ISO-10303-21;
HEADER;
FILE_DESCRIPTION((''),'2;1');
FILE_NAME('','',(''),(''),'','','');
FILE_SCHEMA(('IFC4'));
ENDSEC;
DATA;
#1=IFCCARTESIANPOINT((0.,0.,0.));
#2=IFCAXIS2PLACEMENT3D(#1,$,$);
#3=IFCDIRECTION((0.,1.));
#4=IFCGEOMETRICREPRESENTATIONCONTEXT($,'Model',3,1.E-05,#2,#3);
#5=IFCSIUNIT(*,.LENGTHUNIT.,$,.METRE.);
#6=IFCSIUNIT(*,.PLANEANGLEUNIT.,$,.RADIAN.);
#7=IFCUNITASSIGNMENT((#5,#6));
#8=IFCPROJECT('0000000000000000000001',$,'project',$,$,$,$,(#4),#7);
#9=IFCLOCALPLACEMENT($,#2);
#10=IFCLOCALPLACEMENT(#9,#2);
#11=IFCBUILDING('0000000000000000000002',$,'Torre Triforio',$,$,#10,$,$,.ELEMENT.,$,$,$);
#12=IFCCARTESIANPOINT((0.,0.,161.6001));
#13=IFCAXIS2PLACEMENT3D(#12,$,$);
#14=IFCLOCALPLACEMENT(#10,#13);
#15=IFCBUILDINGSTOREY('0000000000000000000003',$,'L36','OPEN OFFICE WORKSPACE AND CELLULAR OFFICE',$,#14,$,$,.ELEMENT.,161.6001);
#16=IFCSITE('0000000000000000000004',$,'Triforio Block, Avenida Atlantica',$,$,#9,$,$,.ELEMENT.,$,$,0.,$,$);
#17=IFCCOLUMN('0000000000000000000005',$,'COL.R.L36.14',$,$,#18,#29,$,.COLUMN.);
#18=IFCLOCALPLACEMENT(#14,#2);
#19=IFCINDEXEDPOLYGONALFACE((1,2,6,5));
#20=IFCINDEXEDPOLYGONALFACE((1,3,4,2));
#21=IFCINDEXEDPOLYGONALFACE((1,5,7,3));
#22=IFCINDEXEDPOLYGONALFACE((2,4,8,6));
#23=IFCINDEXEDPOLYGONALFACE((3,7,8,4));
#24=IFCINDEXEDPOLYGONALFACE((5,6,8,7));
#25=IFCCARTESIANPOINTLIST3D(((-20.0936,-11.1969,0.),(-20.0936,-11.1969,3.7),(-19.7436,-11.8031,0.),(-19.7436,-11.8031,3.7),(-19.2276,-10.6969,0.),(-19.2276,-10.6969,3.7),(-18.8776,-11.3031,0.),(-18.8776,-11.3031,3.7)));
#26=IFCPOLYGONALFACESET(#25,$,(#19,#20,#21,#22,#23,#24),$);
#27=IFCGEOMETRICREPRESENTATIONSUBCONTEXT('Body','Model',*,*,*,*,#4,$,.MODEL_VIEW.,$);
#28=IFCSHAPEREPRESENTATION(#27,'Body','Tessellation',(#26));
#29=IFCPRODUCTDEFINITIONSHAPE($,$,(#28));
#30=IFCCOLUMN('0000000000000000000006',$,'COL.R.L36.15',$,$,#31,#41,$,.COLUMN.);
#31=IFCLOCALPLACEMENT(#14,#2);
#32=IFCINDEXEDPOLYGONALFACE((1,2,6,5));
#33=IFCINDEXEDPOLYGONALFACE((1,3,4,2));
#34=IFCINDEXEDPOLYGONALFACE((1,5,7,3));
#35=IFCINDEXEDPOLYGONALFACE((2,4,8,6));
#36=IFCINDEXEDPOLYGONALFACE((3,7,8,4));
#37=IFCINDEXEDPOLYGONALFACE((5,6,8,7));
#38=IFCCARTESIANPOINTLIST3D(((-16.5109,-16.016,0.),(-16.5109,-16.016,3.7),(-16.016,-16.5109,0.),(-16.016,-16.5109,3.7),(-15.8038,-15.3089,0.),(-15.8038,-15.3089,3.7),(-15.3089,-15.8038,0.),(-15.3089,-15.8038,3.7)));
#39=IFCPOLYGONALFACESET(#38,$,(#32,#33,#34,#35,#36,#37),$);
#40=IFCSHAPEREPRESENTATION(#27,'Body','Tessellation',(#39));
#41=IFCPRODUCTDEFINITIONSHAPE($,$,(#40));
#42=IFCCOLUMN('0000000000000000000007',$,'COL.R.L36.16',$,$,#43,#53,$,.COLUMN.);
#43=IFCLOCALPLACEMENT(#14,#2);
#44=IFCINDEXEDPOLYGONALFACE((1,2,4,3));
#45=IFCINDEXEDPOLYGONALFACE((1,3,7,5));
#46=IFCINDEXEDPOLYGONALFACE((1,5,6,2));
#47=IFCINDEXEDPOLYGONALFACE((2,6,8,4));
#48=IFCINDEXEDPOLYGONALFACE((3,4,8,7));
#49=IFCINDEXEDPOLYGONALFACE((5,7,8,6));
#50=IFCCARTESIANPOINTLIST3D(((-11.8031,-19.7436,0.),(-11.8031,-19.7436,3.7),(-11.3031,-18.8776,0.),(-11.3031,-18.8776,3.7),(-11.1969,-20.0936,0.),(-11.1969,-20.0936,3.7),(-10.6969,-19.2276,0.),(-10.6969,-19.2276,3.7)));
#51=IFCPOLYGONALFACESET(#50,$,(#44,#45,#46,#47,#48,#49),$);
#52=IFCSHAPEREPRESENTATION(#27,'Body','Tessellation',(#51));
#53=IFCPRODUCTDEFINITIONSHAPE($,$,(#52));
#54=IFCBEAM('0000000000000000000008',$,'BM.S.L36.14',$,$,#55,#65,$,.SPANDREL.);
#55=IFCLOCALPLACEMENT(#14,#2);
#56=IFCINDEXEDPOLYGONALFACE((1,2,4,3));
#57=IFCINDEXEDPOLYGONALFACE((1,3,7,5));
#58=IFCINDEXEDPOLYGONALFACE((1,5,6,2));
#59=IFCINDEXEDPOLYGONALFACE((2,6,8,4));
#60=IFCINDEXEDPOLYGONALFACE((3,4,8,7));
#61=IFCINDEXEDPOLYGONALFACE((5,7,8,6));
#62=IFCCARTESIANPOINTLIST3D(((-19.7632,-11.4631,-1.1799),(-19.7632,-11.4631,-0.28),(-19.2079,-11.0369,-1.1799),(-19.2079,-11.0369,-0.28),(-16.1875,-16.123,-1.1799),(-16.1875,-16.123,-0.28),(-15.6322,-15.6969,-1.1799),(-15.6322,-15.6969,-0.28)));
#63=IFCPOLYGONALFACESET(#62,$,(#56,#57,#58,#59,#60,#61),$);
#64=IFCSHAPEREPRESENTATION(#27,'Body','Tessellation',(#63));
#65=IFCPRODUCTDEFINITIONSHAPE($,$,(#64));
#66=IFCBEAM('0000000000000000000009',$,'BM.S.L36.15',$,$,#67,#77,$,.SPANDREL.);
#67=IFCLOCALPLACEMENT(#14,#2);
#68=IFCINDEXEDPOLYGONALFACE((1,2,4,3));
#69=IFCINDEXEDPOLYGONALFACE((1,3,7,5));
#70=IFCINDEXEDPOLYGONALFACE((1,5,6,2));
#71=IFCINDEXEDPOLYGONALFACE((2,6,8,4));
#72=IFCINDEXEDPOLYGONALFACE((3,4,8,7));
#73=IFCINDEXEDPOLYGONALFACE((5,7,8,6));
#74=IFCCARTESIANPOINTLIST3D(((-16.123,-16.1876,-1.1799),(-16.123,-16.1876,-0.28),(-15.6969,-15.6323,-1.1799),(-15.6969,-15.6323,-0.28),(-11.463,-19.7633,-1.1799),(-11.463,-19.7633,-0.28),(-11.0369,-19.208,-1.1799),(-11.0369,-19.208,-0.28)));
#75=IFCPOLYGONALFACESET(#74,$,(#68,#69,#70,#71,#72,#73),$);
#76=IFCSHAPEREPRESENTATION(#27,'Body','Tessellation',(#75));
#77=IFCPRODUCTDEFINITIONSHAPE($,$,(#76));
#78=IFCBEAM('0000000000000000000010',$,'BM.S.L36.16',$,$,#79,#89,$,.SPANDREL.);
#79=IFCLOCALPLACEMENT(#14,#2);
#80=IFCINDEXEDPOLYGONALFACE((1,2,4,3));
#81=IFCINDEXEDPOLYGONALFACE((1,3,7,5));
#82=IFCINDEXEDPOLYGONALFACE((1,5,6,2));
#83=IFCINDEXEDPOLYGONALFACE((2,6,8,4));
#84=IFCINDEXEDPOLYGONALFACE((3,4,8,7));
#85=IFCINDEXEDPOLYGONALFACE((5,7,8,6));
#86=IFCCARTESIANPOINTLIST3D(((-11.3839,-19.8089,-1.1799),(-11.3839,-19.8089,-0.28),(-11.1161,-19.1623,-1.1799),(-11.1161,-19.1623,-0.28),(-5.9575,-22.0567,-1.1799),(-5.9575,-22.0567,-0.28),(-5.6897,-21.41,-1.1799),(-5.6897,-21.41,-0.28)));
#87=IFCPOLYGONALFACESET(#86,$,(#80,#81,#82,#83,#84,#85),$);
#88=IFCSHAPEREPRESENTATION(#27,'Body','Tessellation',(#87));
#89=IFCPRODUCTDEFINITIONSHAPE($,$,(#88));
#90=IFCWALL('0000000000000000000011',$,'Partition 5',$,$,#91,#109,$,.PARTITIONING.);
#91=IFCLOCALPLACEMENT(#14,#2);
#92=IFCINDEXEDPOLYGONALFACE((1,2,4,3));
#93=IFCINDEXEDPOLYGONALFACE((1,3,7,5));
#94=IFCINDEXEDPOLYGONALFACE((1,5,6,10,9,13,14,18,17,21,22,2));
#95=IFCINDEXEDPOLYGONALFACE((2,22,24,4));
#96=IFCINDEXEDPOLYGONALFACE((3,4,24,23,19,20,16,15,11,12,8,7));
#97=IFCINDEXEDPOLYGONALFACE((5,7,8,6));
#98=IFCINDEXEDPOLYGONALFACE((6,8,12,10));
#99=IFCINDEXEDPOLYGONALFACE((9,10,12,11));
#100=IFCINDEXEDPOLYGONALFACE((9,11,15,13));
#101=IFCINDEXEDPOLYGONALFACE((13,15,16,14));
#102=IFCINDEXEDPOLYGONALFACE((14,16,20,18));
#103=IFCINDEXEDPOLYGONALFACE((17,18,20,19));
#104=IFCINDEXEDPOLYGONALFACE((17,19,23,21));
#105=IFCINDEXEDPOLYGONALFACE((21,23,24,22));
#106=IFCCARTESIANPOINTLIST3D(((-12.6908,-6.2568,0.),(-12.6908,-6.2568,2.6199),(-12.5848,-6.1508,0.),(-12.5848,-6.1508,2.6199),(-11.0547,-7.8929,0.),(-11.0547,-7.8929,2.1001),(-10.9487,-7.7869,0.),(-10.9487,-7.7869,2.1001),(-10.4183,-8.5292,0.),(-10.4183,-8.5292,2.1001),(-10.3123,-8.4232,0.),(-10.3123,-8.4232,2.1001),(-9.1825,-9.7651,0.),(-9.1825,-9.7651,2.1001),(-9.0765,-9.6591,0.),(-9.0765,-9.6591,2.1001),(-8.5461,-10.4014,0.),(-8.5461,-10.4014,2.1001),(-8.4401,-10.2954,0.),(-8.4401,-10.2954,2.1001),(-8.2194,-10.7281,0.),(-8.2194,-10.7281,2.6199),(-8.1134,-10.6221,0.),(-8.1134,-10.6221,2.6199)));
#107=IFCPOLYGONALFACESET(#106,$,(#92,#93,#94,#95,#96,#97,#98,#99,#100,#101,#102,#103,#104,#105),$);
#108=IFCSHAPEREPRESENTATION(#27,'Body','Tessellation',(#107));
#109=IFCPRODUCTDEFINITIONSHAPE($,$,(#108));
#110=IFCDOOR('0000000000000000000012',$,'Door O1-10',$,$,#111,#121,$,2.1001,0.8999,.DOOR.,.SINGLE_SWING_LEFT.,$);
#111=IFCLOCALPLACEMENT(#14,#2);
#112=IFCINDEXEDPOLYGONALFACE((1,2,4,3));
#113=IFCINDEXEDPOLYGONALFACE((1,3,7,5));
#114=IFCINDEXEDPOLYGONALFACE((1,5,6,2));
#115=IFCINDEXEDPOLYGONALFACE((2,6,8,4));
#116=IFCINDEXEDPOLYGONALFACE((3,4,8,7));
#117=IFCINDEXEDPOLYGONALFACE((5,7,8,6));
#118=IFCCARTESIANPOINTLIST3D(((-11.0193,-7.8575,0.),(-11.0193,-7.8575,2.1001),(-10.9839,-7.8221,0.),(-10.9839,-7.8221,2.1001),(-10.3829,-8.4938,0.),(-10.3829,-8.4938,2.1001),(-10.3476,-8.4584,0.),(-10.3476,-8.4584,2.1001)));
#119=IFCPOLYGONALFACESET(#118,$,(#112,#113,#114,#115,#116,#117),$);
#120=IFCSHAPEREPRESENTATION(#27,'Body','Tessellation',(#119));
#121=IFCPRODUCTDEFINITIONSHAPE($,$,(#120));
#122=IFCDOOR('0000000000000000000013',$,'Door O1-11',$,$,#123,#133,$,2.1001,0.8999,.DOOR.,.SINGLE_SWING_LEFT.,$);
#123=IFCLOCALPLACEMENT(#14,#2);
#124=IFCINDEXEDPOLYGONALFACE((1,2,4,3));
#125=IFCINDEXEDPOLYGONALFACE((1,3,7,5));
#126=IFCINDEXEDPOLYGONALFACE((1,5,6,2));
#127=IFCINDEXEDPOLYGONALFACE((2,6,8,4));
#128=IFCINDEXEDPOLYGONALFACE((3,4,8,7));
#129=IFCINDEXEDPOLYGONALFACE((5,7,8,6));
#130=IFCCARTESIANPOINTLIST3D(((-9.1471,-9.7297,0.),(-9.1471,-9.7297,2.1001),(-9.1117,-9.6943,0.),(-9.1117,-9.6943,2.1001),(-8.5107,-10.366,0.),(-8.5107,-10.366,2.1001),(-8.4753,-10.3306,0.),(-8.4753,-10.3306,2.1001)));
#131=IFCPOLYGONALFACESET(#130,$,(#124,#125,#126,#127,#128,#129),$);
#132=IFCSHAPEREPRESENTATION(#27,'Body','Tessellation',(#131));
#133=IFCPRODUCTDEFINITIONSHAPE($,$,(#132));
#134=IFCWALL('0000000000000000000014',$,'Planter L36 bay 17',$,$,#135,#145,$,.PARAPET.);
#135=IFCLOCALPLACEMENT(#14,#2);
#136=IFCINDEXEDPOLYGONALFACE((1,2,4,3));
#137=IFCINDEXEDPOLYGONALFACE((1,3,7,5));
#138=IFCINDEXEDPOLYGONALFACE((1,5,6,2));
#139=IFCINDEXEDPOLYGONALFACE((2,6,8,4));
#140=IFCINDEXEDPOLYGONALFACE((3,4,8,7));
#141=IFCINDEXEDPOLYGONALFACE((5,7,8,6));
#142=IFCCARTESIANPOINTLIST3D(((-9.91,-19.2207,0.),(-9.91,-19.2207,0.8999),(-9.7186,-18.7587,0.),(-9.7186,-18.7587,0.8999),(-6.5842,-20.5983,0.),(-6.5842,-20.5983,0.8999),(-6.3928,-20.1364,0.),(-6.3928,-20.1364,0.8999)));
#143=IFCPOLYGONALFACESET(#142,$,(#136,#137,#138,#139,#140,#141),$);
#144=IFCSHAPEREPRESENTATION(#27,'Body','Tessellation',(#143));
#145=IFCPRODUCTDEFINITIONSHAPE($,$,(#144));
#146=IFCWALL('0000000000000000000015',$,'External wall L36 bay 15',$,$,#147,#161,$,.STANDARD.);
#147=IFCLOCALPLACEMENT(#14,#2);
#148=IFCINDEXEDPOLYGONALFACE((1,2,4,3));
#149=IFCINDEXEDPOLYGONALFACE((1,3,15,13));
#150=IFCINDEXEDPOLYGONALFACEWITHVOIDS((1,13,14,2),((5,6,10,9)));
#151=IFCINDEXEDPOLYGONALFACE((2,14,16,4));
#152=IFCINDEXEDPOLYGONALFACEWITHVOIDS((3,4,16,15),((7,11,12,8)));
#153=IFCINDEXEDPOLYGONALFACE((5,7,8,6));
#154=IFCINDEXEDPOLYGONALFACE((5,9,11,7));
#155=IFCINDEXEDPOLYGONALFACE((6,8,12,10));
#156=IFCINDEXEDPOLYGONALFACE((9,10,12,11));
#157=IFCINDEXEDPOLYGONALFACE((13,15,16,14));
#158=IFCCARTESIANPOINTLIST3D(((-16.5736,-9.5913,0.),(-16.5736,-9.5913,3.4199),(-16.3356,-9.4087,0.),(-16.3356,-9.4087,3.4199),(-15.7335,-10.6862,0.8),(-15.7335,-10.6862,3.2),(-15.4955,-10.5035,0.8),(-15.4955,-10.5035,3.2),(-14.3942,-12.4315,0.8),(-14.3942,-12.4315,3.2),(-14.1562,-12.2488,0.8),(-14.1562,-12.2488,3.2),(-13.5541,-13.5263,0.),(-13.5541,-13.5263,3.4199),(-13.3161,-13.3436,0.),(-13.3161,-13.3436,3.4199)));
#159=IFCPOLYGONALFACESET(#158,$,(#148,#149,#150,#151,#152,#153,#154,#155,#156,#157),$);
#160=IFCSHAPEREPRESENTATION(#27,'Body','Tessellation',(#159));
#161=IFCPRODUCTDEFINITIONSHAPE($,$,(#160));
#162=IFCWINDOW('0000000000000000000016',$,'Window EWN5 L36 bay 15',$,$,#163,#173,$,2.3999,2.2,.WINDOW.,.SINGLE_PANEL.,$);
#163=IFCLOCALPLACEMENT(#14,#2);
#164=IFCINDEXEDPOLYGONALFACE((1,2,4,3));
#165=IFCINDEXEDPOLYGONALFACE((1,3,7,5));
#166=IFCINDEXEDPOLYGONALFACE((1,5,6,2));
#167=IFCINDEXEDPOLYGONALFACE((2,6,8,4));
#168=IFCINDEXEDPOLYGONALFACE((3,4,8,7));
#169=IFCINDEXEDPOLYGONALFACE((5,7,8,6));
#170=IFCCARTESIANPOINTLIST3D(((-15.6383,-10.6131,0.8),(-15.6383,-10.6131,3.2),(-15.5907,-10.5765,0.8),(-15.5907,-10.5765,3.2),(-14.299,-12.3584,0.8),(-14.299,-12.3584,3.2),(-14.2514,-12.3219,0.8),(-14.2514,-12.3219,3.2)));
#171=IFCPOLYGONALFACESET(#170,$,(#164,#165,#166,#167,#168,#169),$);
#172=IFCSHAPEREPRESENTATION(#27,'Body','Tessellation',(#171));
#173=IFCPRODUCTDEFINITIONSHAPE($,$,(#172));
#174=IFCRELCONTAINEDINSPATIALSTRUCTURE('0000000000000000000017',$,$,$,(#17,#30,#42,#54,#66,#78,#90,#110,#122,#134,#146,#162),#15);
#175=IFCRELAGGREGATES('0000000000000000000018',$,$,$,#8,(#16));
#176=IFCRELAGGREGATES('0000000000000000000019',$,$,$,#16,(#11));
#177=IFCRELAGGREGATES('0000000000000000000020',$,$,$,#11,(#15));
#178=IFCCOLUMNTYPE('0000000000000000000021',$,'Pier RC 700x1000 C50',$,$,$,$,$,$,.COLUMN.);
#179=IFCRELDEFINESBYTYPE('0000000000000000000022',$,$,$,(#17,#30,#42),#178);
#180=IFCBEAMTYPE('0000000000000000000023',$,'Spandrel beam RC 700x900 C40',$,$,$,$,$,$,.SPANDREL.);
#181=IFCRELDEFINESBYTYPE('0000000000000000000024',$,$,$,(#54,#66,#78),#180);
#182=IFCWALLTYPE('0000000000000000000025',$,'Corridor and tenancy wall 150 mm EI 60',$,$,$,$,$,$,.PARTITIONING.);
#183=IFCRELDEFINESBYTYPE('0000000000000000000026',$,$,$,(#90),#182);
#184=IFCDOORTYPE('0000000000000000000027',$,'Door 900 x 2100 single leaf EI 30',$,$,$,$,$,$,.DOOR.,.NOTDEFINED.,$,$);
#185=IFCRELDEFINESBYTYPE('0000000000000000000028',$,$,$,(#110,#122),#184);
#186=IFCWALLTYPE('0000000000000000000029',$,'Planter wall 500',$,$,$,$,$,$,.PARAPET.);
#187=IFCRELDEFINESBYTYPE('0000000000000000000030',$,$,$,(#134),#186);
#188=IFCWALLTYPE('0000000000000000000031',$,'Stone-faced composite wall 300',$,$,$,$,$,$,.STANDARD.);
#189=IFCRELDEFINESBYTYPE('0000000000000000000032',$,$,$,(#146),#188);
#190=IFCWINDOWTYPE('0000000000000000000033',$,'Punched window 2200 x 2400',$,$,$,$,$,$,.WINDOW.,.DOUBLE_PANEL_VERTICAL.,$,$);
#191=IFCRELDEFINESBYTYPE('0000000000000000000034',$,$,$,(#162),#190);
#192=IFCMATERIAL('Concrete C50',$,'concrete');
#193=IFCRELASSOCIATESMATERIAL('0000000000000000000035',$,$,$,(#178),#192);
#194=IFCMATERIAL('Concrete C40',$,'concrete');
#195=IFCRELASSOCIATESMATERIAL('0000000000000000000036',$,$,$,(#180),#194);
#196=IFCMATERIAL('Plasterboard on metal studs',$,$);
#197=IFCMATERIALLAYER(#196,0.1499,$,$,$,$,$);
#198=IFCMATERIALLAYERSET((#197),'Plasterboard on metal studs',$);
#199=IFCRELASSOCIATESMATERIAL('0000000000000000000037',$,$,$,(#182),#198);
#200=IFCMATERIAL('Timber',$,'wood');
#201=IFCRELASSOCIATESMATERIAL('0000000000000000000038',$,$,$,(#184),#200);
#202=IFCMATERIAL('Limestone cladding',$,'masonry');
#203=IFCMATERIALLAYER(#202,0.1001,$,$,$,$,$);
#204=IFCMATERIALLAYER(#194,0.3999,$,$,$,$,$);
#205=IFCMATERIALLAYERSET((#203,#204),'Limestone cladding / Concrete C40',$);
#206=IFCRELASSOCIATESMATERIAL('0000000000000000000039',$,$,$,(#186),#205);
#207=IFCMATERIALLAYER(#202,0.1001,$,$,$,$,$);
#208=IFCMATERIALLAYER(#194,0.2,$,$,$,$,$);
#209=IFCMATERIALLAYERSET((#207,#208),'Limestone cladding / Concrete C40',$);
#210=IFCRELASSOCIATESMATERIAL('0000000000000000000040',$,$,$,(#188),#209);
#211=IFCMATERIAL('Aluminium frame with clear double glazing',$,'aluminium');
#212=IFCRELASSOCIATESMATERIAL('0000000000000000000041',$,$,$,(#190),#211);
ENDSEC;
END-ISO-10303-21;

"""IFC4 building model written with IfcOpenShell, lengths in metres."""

from ifc_helpers import new_model, si_unit, direction, frame, frame_2d, origin, origin_2d, place, context, subcontext, project, spatial, rectangle, extrude, material, layer, layer_set, material_profile, profile_set, type_object, element, fill, save


model = new_model("IFC4")

# Units and contexts
model_context = context("Model", 3, precision=1e-05, world=origin(), true_north=direction((0.0, 1.0)))
body_context = subcontext(model_context, "Body", "Model", "MODEL_VIEW")
ifc_project = project(units=[si_unit("LENGTHUNIT", "METRE"), si_unit("PLANEANGLEUNIT", "RADIAN")], contexts=[model_context])

# Site, building, storey
site_placement = place(None, origin())
site = spatial("IfcSite", under=ifc_project, at=site_placement, Name="Triforio Block, Avenida Atlantica", CompositionType="ELEMENT", RefElevation=0.0)
building_placement = place(site_placement, origin())
building = spatial("IfcBuilding", under=site, at=building_placement, Name="Torre Triforio", CompositionType="ELEMENT")
storey_placement = place(building_placement, frame((0.0, 0.0, 161.6001)))
storey = spatial("IfcBuildingStorey", under=building, at=storey_placement, Name="L36", Description="OPEN OFFICE WORKSPACE AND CELLULAR OFFICE", CompositionType="ELEMENT", Elevation=161.6001)

# Columns
ifc_material_1 = material(Name="Concrete C50", Category="concrete")
ifc_material_profile_1 = material_profile(ifc_material_1, rectangle(XDim=0.7, YDim=1.0, at=origin_2d()), Name="RC 700x1000")
ifc_profile_set_1 = profile_set([ifc_material_profile_1], Name="Concrete C50")
column_type = type_object("IfcColumnType", Name="Pier RC 700x1000 C50", PredefinedType="COLUMN", material=ifc_profile_set_1)
for number, where, z_axis, x_axis, name in (
    (1, (-19.4856, -11.25, 0.0), (0.0, 0.0, 1.0), (0.5, -0.866025, 0.0), "COL.R.L36.14"),
    (2, (-15.9099, -15.9099, 0.0), (0.0, 0.0, 1.0), (0.707107, -0.707107, 0.0), "COL.R.L36.15"),
    (3, (-11.25, -19.4856, 0.0), (0.0, 0.0, 1.0), (0.866025, -0.5, 0.0), "COL.R.L36.16"),
):
    element("IfcColumn", number, at=place(storey_placement, frame(where, z_axis=z_axis, x_axis=x_axis)), inside=storey, type_object=column_type, Name=name, PredefinedType="COLUMN", context=body_context, shape_type="SweptSolid", body=[
        extrude(rectangle(XDim=0.7, YDim=1.0, at=origin_2d()), origin(), (0.0, 0.0, 1.0), 3.7),
    ])

# Beams
ifc_material_2 = material(Name="Concrete C40", Category="concrete")
ifc_material_profile_2 = material_profile(ifc_material_2, rectangle(XDim=0.7, YDim=0.8999, at=origin_2d()), Name="RC 700x900")
ifc_profile_set_2 = profile_set([ifc_material_profile_2], Name="Concrete C40")
beam_type = type_object("IfcBeamType", Name="Spandrel beam RC 700x900 C40", PredefinedType="SPANDREL", material=ifc_profile_set_2)
for number, where, z_axis, x_axis, name in (
    (4, (-19.4856, -11.25, -0.73), (0.608762, -0.793353, 0.0), (0.793353, 0.608762, 0.0), "BM.S.L36.14"),
    (5, (-15.9099, -15.9099, -0.73), (0.793353, -0.608762, 0.0), (0.608762, 0.793353, 0.0), "BM.S.L36.15"),
):
    element("IfcBeam", number, at=place(storey_placement, frame(where, z_axis=z_axis, x_axis=x_axis)), inside=storey, type_object=beam_type, Name=name, PredefinedType="SPANDREL", context=body_context, shape_type="SweptSolid", body=[
        extrude(rectangle(XDim=0.7, YDim=0.8999, at=origin_2d()), origin(), (0.0, 0.0, 1.0), 5.8738),
    ])
beam_placement = place(storey_placement, frame((-11.25, -19.4856, -0.73), z_axis=(0.923875, -0.382693, 0.0), x_axis=(0.382693, 0.923875, 0.0)))
element("IfcBeam", 6, at=beam_placement, inside=storey, type_object=beam_type, Name="BM.S.L36.16", PredefinedType="SPANDREL", context=body_context, shape_type="SweptSolid", body=[
    extrude(rectangle(XDim=0.7, YDim=0.8999, at=origin_2d()), origin(), (0.0, 0.0, 1.0), 5.8735),
])

# Wall, openings, doors
ifc_material_3 = material(Name="Plasterboard on metal studs")
ifc_layer_1 = layer(ifc_material_3, 0.1499)
ifc_layer_set_1 = layer_set([ifc_layer_1], Name="Plasterboard on metal studs")
wall_type_1 = type_object("IfcWallType", Name="Corridor and tenancy wall 150 mm EI 60", PredefinedType="PARTITIONING", material=ifc_layer_set_1)
wall_1_placement = place(storey_placement, frame((-8.1665, -10.675, 0.0), z_axis=(0.0, 0.0, 1.0), x_axis=(-0.707107, 0.707107, 0.0)))
wall_1 = element("IfcWall", 7, at=wall_1_placement, inside=storey, type_object=wall_type_1, Name="Partition 5", PredefinedType="PARTITIONING", context=body_context, shape_type="SweptSolid", body=[
    extrude(rectangle(XDim=6.3235, YDim=0.1499, at=frame_2d((3.1616, 0.0))), origin(), (0.0, 0.0, 1.0), 2.6199),
])
opening_1_placement = place(wall_1_placement, frame((3.1096, 0.0, 0.0)))
opening_1 = element("IfcOpeningElement", 8, at=opening_1_placement, cuts=wall_1, PredefinedType="OPENING", context=body_context, shape_type="SweptSolid", body=[
    extrude(rectangle(XDim=0.8999, YDim=2.1001, at=frame_2d((0.45, 1.05))), frame((0.0, 0.085, 0.0), z_axis=(0.0, -1.0, 0.0), x_axis=(1.0, 0.0, 0.0)), (0.0, 0.0, 1.0), 0.1699),
])
opening_2_placement = place(wall_1_placement, frame((0.4619, 0.0, 0.0)))
opening_2 = element("IfcOpeningElement", 9, at=opening_2_placement, cuts=wall_1, PredefinedType="OPENING", context=body_context, shape_type="SweptSolid", body=[
    extrude(rectangle(XDim=0.8999, YDim=2.1001, at=frame_2d((0.45, 1.05))), frame((0.0, 0.085, 0.0), z_axis=(0.0, -1.0, 0.0), x_axis=(1.0, 0.0, 0.0)), (0.0, 0.0, 1.0), 0.1699),
])
ifc_material_4 = material(Name="Timber", Category="wood")
door_type_1 = type_object("IfcDoorType", Name="Door 900 x 2100 single leaf EI 30", OperationType="NOTDEFINED", PredefinedType="DOOR", material=ifc_material_4)
door_1_placement = place(opening_1_placement, origin())
door_1 = element("IfcDoor", 10, at=door_1_placement, inside=storey, type_object=door_type_1, Name="Door O1-10", OperationType="SINGLE_SWING_LEFT", OverallHeight=2.1001, OverallWidth=0.8999, PredefinedType="DOOR", context=body_context, shape_type="SweptSolid", body=[
    extrude(rectangle(XDim=0.8999, YDim=2.1001, at=frame_2d((0.45, 1.05))), frame((0.0, 0.0249, 0.0), z_axis=(0.0, -1.0, 0.0), x_axis=(1.0, 0.0, 0.0)), (0.0, 0.0, 1.0), 0.05),
])
fill(opening_1, door_1)
door_2_placement = place(opening_2_placement, origin())
door_2 = element("IfcDoor", 11, at=door_2_placement, inside=storey, type_object=door_type_1, Name="Door O1-11", OperationType="SINGLE_SWING_LEFT", OverallHeight=2.1001, OverallWidth=0.8999, PredefinedType="DOOR", context=body_context, shape_type="SweptSolid", body=[
    extrude(rectangle(XDim=0.8999, YDim=2.1001, at=frame_2d((0.45, 1.05))), frame((0.0, 0.0249, 0.0), z_axis=(0.0, -1.0, 0.0), x_axis=(1.0, 0.0, 0.0)), (0.0, 0.0, 1.0), 0.05),
])
fill(opening_2, door_2)

# Wall
ifc_material_5 = material(Name="Limestone cladding", Category="masonry")
ifc_layer_2 = layer(ifc_material_5, 0.1001)
ifc_layer_3 = layer(ifc_material_2, 0.3999)
ifc_layer_set_2 = layer_set([ifc_layer_2, ifc_layer_3], Name="Limestone cladding / Concrete C40")
wall_type_2 = type_object("IfcWallType", Name="Planter wall 500", PredefinedType="PARAPET", material=ifc_layer_set_2)
wall_2_placement = place(storey_placement, frame((-9.8142, -18.9897, 0.0), z_axis=(0.0, 0.0, 1.0), x_axis=(0.923875, -0.382693, 0.0)))
element("IfcWall", 12, at=wall_2_placement, inside=storey, type_object=wall_type_2, Name="Planter L36 bay 17", PredefinedType="PARAPET", context=body_context, shape_type="SweptSolid", body=[
    extrude(rectangle(XDim=3.5999, YDim=0.5, at=frame_2d((1.7998, 0.0))), origin(), (0.0, 0.0, 1.0), 0.8999),
])

# Wall, opening, window
ifc_layer_4 = layer(ifc_material_5, 0.1001)
ifc_layer_5 = layer(ifc_material_2, 0.2)
ifc_layer_set_3 = layer_set([ifc_layer_4, ifc_layer_5], Name="Limestone cladding / Concrete C40")
wall_type_3 = type_object("IfcWallType", Name="Stone-faced composite wall 300", PredefinedType="STANDARD", material=ifc_layer_set_3)
wall_3_placement = place(storey_placement, frame((-16.4546, -9.5, 0.0), z_axis=(0.0, 0.0, 1.0), x_axis=(0.608768, -0.793348, 0.0)))
wall_3 = element("IfcWall", 13, at=wall_3_placement, inside=storey, type_object=wall_type_3, Name="External wall L36 bay 15", PredefinedType="STANDARD", context=body_context, shape_type="SweptSolid", body=[
    extrude(rectangle(XDim=4.96, YDim=0.3, at=frame_2d((2.48, 0.0))), origin(), (0.0, 0.0, 1.0), 3.4199),
])
opening_3_placement = place(wall_3_placement, frame((1.3799, 0.0, 0.8)))
opening_3 = element("IfcOpeningElement", 14, at=opening_3_placement, cuts=wall_3, PredefinedType="OPENING", context=body_context, shape_type="SweptSolid", body=[
    extrude(rectangle(XDim=2.2, YDim=2.3999, at=frame_2d((1.1001, 1.2))), frame((0.0, 0.1599, 0.0), z_axis=(0.0, -1.0, 0.0), x_axis=(1.0, 0.0, 0.0)), (0.0, 0.0, 1.0), 0.3201),
])
ifc_material_6 = material(Name="Aluminium frame with clear double glazing", Category="aluminium")
window_type_1 = type_object("IfcWindowType", Name="Punched window 2200 x 2400", PartitioningType="DOUBLE_PANEL_VERTICAL", PredefinedType="WINDOW", material=ifc_material_6)
window_1_placement = place(opening_3_placement, origin())
window_1 = element("IfcWindow", 15, at=window_1_placement, inside=storey, type_object=window_type_1, Name="Window EWN5 L36 bay 15", OverallHeight=2.3999, OverallWidth=2.2, PartitioningType="SINGLE_PANEL", PredefinedType="WINDOW", context=body_context, shape_type="SweptSolid", body=[
    extrude(rectangle(XDim=2.2, YDim=2.3999, at=frame_2d((1.1001, 1.2))), frame((0.0, 0.03, 0.0), z_axis=(0.0, -1.0, 0.0), x_axis=(1.0, 0.0, 0.0)), (0.0, 0.0, 1.0), 0.0601),
])
fill(opening_3, window_1)

save(model, "model.ifc")
